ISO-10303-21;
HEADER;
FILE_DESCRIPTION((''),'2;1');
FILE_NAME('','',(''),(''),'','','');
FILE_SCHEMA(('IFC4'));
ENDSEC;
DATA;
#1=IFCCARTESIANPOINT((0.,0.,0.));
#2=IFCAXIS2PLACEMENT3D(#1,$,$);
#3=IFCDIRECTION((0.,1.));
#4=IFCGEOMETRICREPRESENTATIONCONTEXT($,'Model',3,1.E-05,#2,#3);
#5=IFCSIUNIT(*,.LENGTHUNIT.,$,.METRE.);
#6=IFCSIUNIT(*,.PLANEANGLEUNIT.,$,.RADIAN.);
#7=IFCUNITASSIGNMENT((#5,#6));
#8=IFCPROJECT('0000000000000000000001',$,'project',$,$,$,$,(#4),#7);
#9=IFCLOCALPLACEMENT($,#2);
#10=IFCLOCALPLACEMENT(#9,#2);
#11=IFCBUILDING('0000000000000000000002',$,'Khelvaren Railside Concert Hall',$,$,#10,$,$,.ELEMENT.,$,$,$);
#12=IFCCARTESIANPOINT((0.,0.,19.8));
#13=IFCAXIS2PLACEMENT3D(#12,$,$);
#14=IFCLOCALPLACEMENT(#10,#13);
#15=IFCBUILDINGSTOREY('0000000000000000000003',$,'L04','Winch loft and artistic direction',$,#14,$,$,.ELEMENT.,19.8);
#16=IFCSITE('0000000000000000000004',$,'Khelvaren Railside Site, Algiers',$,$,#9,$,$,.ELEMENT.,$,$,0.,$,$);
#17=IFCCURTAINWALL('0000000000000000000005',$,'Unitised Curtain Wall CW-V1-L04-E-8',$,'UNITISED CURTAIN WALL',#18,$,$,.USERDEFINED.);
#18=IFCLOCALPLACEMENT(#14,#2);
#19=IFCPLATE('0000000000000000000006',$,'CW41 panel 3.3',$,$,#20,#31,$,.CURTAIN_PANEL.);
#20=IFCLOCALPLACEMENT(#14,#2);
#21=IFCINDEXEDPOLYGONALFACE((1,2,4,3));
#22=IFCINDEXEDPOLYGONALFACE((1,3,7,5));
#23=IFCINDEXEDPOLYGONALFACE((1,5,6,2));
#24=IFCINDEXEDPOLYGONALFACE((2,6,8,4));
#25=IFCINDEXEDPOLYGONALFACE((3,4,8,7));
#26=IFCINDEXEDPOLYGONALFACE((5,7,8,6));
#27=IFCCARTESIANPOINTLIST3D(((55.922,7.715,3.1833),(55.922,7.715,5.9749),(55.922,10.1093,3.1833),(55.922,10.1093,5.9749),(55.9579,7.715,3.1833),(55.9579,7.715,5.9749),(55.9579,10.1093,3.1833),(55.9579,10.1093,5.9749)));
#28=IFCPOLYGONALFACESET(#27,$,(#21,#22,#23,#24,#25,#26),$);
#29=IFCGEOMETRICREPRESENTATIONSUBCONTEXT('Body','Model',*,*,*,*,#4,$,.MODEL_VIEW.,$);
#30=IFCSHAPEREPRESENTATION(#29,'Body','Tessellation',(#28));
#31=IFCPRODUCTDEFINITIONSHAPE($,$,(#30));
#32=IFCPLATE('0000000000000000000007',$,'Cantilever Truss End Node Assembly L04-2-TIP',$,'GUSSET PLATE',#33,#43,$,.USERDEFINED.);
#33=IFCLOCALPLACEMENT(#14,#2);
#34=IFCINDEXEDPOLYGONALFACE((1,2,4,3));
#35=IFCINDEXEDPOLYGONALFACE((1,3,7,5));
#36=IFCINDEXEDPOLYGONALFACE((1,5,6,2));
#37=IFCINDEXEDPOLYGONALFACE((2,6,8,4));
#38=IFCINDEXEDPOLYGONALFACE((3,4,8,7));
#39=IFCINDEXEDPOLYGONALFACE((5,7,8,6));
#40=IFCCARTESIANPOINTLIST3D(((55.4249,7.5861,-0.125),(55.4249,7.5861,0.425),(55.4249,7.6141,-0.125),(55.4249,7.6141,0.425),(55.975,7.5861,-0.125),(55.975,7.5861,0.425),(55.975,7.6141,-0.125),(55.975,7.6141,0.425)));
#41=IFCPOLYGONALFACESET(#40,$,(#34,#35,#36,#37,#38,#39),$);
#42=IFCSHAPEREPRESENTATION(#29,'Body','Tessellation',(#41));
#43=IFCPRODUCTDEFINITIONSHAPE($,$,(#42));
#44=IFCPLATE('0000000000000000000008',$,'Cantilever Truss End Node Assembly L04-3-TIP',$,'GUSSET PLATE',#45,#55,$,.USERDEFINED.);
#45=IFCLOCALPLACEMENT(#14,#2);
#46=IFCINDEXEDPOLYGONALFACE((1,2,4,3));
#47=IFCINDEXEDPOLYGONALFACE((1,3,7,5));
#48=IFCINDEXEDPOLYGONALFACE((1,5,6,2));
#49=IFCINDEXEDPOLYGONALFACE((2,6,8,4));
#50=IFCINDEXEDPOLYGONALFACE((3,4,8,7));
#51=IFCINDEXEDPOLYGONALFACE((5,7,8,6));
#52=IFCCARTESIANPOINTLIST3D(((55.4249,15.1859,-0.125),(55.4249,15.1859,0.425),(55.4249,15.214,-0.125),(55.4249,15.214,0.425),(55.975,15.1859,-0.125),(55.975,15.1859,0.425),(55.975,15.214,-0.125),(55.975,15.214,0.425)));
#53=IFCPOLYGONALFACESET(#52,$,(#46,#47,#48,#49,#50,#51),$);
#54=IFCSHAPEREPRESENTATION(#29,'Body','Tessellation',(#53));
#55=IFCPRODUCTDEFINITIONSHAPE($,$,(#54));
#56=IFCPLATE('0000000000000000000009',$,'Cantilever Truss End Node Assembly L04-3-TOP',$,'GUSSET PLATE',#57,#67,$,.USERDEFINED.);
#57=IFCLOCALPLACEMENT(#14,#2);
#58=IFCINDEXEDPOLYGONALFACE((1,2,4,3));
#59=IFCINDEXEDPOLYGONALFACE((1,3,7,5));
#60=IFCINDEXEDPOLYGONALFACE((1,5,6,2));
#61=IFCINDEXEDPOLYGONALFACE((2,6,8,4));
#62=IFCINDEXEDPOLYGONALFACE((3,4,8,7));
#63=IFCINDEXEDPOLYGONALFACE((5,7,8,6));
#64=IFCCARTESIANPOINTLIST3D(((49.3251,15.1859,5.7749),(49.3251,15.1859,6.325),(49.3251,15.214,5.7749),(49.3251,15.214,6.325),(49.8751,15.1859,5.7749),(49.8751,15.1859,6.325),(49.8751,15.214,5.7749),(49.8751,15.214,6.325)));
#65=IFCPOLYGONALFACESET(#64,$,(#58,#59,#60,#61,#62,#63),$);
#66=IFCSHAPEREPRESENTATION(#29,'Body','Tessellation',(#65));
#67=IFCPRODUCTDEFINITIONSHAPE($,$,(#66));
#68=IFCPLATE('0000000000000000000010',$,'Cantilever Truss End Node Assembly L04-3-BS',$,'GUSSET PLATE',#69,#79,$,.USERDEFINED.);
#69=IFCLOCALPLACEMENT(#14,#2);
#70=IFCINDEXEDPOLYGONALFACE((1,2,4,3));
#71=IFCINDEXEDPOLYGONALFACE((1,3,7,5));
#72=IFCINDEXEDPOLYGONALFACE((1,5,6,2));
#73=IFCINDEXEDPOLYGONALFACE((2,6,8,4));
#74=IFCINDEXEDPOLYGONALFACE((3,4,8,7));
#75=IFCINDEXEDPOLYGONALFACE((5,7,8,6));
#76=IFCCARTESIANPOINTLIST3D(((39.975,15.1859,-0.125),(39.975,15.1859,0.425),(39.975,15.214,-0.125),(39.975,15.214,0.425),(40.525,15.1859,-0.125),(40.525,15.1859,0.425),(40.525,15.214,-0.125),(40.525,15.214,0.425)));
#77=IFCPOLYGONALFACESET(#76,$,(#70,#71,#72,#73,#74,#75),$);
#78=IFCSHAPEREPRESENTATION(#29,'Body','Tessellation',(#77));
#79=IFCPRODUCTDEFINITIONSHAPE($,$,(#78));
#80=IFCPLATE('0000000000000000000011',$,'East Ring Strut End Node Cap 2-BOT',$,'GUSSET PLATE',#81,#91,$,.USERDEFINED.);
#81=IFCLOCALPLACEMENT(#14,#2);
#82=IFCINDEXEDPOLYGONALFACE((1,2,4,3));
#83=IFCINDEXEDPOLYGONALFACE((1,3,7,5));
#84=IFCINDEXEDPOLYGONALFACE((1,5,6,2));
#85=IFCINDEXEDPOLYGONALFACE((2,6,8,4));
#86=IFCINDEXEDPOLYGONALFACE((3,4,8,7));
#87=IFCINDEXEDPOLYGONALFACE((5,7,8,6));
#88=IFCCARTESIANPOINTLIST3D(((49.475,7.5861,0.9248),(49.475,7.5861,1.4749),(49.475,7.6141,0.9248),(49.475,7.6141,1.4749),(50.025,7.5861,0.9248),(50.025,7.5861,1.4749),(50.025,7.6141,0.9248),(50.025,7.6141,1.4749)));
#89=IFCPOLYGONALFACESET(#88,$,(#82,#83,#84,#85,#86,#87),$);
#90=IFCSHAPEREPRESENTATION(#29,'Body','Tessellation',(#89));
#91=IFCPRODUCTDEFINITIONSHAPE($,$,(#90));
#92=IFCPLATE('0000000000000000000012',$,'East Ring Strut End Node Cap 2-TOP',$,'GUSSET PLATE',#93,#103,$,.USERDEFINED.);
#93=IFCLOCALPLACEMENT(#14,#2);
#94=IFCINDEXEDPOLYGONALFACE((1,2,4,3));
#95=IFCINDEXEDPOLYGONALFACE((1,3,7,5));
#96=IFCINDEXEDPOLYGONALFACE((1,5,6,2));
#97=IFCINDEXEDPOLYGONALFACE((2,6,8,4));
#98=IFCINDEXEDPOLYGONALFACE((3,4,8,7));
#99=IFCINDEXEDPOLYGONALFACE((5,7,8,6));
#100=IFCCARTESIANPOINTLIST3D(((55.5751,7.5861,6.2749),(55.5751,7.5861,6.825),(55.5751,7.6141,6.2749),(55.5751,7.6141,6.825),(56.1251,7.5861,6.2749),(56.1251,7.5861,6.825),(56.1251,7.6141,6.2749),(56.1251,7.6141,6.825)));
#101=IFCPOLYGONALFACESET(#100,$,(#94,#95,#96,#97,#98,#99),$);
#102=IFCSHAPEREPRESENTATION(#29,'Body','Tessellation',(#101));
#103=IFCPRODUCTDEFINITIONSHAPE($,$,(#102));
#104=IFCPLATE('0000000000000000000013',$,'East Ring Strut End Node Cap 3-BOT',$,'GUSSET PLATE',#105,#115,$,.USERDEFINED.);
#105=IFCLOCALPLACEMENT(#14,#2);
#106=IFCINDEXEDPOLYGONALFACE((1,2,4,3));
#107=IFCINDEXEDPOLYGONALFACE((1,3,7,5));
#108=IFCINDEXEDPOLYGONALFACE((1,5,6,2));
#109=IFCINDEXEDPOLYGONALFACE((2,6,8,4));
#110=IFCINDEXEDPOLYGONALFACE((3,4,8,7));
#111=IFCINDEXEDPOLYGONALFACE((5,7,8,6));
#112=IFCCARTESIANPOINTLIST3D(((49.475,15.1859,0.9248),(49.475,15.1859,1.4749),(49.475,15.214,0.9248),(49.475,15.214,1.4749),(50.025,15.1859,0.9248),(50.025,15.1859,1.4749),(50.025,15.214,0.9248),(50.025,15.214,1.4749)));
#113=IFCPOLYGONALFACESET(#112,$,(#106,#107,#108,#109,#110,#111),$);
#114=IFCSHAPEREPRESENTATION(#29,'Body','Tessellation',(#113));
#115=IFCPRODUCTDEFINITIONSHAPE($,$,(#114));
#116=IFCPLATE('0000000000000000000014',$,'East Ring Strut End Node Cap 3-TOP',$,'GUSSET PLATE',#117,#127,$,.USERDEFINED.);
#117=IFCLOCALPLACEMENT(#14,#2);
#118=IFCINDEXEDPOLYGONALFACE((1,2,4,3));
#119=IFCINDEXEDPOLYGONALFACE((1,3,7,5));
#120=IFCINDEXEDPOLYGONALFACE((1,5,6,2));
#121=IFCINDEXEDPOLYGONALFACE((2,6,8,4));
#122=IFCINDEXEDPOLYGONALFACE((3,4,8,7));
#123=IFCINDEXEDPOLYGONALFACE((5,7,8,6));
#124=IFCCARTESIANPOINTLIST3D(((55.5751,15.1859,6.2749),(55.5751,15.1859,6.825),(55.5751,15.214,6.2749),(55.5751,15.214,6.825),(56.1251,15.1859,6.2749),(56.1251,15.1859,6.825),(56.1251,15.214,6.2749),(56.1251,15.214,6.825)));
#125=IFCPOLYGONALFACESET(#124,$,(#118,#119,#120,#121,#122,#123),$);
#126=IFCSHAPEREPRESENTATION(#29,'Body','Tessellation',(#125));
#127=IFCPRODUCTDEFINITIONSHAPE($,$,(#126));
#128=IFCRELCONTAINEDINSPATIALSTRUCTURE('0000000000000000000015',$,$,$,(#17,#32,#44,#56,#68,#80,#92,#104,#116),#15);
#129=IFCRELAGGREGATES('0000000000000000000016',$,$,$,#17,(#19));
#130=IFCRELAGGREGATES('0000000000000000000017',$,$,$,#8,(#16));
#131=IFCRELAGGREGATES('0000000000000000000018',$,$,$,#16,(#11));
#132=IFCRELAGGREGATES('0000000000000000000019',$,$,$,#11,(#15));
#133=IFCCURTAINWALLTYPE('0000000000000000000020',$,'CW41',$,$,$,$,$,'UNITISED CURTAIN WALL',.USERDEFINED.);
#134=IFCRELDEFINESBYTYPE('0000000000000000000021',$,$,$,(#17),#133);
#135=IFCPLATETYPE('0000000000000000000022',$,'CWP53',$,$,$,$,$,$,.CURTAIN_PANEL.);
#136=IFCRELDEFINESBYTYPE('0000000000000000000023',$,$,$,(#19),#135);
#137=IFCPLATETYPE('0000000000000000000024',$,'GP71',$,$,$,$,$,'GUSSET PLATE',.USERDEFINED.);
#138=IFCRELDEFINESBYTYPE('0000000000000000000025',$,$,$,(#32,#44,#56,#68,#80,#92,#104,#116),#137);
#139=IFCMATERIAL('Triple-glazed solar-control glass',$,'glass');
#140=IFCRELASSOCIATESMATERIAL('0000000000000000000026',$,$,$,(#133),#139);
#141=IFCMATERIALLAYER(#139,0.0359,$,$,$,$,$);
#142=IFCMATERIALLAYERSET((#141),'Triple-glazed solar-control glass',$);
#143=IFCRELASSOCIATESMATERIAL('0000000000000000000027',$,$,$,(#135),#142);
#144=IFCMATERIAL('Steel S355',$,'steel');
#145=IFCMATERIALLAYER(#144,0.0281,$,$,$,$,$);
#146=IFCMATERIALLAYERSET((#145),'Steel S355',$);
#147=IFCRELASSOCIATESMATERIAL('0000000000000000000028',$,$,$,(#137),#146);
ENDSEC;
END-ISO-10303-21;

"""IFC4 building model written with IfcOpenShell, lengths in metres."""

from ifc_helpers import new_model, si_unit, direction, frame, origin, origin_2d, place, context, subcontext, project, spatial, rectangle, extrude, material, layer, layer_set, type_object, element, aggregate, save


model = new_model("IFC4")

# Units and contexts
model_context = context("Model", 3, precision=1e-05, world=origin(), true_north=direction((0.0, 1.0)))
body_context = subcontext(model_context, "Body", "Model", "MODEL_VIEW")
ifc_project = project(units=[si_unit("LENGTHUNIT", "METRE"), si_unit("PLANEANGLEUNIT", "RADIAN")], contexts=[model_context])

# Site, building, storey
site_placement = place(None, origin())
site = spatial("IfcSite", under=ifc_project, at=site_placement, Name="Khelvaren Railside Site, Algiers", CompositionType="ELEMENT", RefElevation=0.0)
building_placement = place(site_placement, origin())
building = spatial("IfcBuilding", under=site, at=building_placement, Name="Khelvaren Railside Concert Hall", CompositionType="ELEMENT")
storey_placement = place(building_placement, frame((0.0, 0.0, 19.8)))
storey = spatial("IfcBuildingStorey", under=building, at=storey_placement, Name="L04", Description="Winch loft and artistic direction", CompositionType="ELEMENT", Elevation=19.8)

# Shared definitions
ifc_material_1 = material(Name="Steel S355", Category="steel")

# Curtain wall
ifc_material_2 = material(Name="Triple-glazed solar-control glass", Category="glass")
curtain_wall_type = type_object("IfcCurtainWallType", Name="CW41", ElementType="UNITISED CURTAIN WALL", PredefinedType="USERDEFINED", material=ifc_material_2)
curtain_wall_placement = place(storey_placement, origin())
curtain_wall = element("IfcCurtainWall", 1, at=curtain_wall_placement, inside=storey, type_object=curtain_wall_type, Name="Unitised Curtain Wall CW-V1-L04-E-8", ObjectType="UNITISED CURTAIN WALL", PredefinedType="USERDEFINED")

# Plate
ifc_layer_1 = layer(ifc_material_2, 0.0359)
ifc_layer_set_1 = layer_set([ifc_layer_1], Name="Triple-glazed solar-control glass")
plate_type_1 = type_object("IfcPlateType", Name="CWP53", PredefinedType="CURTAIN_PANEL", material=ifc_layer_set_1)
plate_1_placement = place(storey_placement, frame((55.9399, 8.9121, 3.1833), z_axis=(0.0, 0.0, 1.0), x_axis=(0.0, -1.0, 0.0)))
plate_1 = element("IfcPlate", 2, at=plate_1_placement, type_object=plate_type_1, Name="CW41 panel 3.3", PredefinedType="CURTAIN_PANEL", context=body_context, shape_type="SweptSolid", body=[
    extrude(rectangle(XDim=2.3943, YDim=0.0359, at=origin_2d()), origin(), (0.0, 0.0, 1.0), 2.7915),
])
aggregate(curtain_wall, [plate_1])

# Plates
ifc_layer_2 = layer(ifc_material_1, 0.0281)
ifc_layer_set_2 = layer_set([ifc_layer_2], Name="Steel S355")
plate_type_2 = type_object("IfcPlateType", Name="GP71", ElementType="GUSSET PLATE", PredefinedType="USERDEFINED", material=ifc_layer_set_2)
for number, where, z_axis, x_axis, name in (
    (3, (55.7, 7.6001, -0.125), (0.0, 0.0, 1.0), (1.0, 0.0, 0.0), "Cantilever Truss End Node Assembly L04-2-TIP"),
    (4, (55.7, 15.2, -0.125), (0.0, 0.0, 1.0), (1.0, 0.0, 0.0), "Cantilever Truss End Node Assembly L04-3-TIP"),
    (5, (49.6001, 15.2, 5.7749), (0.0, 0.0, 1.0), (1.0, 0.0, 0.0), "Cantilever Truss End Node Assembly L04-3-TOP"),
    (6, (40.25, 15.2, -0.125), (0.0, 0.0, 1.0), (1.0, 0.0, 0.0), "Cantilever Truss End Node Assembly L04-3-BS"),
    (7, (49.75, 7.6001, 0.9248), (0.0, 0.0, 1.0), (1.0, 0.0, 0.0), "East Ring Strut End Node Cap 2-BOT"),
    (8, (55.8501, 7.6001, 6.2749), (0.0, 0.0, 1.0), (1.0, 0.0, 0.0), "East Ring Strut End Node Cap 2-TOP"),
    (9, (49.75, 15.2, 0.9248), (0.0, 0.0, 1.0), (1.0, 0.0, 0.0), "East Ring Strut End Node Cap 3-BOT"),
    (10, (55.8501, 15.2, 6.2749), (0.0, 0.0, 1.0), (1.0, 0.0, 0.0), "East Ring Strut End Node Cap 3-TOP"),
):
    element("IfcPlate", number, at=place(storey_placement, frame(where, z_axis=z_axis, x_axis=x_axis)), inside=storey, type_object=plate_type_2, Name=name, ObjectType="GUSSET PLATE", PredefinedType="USERDEFINED", context=body_context, shape_type="SweptSolid", body=[
        extrude(rectangle(XDim=0.55, YDim=0.0281, at=origin_2d()), origin(), (0.0, 0.0, 1.0), 0.55),
    ])

save(model, "model.ifc")
